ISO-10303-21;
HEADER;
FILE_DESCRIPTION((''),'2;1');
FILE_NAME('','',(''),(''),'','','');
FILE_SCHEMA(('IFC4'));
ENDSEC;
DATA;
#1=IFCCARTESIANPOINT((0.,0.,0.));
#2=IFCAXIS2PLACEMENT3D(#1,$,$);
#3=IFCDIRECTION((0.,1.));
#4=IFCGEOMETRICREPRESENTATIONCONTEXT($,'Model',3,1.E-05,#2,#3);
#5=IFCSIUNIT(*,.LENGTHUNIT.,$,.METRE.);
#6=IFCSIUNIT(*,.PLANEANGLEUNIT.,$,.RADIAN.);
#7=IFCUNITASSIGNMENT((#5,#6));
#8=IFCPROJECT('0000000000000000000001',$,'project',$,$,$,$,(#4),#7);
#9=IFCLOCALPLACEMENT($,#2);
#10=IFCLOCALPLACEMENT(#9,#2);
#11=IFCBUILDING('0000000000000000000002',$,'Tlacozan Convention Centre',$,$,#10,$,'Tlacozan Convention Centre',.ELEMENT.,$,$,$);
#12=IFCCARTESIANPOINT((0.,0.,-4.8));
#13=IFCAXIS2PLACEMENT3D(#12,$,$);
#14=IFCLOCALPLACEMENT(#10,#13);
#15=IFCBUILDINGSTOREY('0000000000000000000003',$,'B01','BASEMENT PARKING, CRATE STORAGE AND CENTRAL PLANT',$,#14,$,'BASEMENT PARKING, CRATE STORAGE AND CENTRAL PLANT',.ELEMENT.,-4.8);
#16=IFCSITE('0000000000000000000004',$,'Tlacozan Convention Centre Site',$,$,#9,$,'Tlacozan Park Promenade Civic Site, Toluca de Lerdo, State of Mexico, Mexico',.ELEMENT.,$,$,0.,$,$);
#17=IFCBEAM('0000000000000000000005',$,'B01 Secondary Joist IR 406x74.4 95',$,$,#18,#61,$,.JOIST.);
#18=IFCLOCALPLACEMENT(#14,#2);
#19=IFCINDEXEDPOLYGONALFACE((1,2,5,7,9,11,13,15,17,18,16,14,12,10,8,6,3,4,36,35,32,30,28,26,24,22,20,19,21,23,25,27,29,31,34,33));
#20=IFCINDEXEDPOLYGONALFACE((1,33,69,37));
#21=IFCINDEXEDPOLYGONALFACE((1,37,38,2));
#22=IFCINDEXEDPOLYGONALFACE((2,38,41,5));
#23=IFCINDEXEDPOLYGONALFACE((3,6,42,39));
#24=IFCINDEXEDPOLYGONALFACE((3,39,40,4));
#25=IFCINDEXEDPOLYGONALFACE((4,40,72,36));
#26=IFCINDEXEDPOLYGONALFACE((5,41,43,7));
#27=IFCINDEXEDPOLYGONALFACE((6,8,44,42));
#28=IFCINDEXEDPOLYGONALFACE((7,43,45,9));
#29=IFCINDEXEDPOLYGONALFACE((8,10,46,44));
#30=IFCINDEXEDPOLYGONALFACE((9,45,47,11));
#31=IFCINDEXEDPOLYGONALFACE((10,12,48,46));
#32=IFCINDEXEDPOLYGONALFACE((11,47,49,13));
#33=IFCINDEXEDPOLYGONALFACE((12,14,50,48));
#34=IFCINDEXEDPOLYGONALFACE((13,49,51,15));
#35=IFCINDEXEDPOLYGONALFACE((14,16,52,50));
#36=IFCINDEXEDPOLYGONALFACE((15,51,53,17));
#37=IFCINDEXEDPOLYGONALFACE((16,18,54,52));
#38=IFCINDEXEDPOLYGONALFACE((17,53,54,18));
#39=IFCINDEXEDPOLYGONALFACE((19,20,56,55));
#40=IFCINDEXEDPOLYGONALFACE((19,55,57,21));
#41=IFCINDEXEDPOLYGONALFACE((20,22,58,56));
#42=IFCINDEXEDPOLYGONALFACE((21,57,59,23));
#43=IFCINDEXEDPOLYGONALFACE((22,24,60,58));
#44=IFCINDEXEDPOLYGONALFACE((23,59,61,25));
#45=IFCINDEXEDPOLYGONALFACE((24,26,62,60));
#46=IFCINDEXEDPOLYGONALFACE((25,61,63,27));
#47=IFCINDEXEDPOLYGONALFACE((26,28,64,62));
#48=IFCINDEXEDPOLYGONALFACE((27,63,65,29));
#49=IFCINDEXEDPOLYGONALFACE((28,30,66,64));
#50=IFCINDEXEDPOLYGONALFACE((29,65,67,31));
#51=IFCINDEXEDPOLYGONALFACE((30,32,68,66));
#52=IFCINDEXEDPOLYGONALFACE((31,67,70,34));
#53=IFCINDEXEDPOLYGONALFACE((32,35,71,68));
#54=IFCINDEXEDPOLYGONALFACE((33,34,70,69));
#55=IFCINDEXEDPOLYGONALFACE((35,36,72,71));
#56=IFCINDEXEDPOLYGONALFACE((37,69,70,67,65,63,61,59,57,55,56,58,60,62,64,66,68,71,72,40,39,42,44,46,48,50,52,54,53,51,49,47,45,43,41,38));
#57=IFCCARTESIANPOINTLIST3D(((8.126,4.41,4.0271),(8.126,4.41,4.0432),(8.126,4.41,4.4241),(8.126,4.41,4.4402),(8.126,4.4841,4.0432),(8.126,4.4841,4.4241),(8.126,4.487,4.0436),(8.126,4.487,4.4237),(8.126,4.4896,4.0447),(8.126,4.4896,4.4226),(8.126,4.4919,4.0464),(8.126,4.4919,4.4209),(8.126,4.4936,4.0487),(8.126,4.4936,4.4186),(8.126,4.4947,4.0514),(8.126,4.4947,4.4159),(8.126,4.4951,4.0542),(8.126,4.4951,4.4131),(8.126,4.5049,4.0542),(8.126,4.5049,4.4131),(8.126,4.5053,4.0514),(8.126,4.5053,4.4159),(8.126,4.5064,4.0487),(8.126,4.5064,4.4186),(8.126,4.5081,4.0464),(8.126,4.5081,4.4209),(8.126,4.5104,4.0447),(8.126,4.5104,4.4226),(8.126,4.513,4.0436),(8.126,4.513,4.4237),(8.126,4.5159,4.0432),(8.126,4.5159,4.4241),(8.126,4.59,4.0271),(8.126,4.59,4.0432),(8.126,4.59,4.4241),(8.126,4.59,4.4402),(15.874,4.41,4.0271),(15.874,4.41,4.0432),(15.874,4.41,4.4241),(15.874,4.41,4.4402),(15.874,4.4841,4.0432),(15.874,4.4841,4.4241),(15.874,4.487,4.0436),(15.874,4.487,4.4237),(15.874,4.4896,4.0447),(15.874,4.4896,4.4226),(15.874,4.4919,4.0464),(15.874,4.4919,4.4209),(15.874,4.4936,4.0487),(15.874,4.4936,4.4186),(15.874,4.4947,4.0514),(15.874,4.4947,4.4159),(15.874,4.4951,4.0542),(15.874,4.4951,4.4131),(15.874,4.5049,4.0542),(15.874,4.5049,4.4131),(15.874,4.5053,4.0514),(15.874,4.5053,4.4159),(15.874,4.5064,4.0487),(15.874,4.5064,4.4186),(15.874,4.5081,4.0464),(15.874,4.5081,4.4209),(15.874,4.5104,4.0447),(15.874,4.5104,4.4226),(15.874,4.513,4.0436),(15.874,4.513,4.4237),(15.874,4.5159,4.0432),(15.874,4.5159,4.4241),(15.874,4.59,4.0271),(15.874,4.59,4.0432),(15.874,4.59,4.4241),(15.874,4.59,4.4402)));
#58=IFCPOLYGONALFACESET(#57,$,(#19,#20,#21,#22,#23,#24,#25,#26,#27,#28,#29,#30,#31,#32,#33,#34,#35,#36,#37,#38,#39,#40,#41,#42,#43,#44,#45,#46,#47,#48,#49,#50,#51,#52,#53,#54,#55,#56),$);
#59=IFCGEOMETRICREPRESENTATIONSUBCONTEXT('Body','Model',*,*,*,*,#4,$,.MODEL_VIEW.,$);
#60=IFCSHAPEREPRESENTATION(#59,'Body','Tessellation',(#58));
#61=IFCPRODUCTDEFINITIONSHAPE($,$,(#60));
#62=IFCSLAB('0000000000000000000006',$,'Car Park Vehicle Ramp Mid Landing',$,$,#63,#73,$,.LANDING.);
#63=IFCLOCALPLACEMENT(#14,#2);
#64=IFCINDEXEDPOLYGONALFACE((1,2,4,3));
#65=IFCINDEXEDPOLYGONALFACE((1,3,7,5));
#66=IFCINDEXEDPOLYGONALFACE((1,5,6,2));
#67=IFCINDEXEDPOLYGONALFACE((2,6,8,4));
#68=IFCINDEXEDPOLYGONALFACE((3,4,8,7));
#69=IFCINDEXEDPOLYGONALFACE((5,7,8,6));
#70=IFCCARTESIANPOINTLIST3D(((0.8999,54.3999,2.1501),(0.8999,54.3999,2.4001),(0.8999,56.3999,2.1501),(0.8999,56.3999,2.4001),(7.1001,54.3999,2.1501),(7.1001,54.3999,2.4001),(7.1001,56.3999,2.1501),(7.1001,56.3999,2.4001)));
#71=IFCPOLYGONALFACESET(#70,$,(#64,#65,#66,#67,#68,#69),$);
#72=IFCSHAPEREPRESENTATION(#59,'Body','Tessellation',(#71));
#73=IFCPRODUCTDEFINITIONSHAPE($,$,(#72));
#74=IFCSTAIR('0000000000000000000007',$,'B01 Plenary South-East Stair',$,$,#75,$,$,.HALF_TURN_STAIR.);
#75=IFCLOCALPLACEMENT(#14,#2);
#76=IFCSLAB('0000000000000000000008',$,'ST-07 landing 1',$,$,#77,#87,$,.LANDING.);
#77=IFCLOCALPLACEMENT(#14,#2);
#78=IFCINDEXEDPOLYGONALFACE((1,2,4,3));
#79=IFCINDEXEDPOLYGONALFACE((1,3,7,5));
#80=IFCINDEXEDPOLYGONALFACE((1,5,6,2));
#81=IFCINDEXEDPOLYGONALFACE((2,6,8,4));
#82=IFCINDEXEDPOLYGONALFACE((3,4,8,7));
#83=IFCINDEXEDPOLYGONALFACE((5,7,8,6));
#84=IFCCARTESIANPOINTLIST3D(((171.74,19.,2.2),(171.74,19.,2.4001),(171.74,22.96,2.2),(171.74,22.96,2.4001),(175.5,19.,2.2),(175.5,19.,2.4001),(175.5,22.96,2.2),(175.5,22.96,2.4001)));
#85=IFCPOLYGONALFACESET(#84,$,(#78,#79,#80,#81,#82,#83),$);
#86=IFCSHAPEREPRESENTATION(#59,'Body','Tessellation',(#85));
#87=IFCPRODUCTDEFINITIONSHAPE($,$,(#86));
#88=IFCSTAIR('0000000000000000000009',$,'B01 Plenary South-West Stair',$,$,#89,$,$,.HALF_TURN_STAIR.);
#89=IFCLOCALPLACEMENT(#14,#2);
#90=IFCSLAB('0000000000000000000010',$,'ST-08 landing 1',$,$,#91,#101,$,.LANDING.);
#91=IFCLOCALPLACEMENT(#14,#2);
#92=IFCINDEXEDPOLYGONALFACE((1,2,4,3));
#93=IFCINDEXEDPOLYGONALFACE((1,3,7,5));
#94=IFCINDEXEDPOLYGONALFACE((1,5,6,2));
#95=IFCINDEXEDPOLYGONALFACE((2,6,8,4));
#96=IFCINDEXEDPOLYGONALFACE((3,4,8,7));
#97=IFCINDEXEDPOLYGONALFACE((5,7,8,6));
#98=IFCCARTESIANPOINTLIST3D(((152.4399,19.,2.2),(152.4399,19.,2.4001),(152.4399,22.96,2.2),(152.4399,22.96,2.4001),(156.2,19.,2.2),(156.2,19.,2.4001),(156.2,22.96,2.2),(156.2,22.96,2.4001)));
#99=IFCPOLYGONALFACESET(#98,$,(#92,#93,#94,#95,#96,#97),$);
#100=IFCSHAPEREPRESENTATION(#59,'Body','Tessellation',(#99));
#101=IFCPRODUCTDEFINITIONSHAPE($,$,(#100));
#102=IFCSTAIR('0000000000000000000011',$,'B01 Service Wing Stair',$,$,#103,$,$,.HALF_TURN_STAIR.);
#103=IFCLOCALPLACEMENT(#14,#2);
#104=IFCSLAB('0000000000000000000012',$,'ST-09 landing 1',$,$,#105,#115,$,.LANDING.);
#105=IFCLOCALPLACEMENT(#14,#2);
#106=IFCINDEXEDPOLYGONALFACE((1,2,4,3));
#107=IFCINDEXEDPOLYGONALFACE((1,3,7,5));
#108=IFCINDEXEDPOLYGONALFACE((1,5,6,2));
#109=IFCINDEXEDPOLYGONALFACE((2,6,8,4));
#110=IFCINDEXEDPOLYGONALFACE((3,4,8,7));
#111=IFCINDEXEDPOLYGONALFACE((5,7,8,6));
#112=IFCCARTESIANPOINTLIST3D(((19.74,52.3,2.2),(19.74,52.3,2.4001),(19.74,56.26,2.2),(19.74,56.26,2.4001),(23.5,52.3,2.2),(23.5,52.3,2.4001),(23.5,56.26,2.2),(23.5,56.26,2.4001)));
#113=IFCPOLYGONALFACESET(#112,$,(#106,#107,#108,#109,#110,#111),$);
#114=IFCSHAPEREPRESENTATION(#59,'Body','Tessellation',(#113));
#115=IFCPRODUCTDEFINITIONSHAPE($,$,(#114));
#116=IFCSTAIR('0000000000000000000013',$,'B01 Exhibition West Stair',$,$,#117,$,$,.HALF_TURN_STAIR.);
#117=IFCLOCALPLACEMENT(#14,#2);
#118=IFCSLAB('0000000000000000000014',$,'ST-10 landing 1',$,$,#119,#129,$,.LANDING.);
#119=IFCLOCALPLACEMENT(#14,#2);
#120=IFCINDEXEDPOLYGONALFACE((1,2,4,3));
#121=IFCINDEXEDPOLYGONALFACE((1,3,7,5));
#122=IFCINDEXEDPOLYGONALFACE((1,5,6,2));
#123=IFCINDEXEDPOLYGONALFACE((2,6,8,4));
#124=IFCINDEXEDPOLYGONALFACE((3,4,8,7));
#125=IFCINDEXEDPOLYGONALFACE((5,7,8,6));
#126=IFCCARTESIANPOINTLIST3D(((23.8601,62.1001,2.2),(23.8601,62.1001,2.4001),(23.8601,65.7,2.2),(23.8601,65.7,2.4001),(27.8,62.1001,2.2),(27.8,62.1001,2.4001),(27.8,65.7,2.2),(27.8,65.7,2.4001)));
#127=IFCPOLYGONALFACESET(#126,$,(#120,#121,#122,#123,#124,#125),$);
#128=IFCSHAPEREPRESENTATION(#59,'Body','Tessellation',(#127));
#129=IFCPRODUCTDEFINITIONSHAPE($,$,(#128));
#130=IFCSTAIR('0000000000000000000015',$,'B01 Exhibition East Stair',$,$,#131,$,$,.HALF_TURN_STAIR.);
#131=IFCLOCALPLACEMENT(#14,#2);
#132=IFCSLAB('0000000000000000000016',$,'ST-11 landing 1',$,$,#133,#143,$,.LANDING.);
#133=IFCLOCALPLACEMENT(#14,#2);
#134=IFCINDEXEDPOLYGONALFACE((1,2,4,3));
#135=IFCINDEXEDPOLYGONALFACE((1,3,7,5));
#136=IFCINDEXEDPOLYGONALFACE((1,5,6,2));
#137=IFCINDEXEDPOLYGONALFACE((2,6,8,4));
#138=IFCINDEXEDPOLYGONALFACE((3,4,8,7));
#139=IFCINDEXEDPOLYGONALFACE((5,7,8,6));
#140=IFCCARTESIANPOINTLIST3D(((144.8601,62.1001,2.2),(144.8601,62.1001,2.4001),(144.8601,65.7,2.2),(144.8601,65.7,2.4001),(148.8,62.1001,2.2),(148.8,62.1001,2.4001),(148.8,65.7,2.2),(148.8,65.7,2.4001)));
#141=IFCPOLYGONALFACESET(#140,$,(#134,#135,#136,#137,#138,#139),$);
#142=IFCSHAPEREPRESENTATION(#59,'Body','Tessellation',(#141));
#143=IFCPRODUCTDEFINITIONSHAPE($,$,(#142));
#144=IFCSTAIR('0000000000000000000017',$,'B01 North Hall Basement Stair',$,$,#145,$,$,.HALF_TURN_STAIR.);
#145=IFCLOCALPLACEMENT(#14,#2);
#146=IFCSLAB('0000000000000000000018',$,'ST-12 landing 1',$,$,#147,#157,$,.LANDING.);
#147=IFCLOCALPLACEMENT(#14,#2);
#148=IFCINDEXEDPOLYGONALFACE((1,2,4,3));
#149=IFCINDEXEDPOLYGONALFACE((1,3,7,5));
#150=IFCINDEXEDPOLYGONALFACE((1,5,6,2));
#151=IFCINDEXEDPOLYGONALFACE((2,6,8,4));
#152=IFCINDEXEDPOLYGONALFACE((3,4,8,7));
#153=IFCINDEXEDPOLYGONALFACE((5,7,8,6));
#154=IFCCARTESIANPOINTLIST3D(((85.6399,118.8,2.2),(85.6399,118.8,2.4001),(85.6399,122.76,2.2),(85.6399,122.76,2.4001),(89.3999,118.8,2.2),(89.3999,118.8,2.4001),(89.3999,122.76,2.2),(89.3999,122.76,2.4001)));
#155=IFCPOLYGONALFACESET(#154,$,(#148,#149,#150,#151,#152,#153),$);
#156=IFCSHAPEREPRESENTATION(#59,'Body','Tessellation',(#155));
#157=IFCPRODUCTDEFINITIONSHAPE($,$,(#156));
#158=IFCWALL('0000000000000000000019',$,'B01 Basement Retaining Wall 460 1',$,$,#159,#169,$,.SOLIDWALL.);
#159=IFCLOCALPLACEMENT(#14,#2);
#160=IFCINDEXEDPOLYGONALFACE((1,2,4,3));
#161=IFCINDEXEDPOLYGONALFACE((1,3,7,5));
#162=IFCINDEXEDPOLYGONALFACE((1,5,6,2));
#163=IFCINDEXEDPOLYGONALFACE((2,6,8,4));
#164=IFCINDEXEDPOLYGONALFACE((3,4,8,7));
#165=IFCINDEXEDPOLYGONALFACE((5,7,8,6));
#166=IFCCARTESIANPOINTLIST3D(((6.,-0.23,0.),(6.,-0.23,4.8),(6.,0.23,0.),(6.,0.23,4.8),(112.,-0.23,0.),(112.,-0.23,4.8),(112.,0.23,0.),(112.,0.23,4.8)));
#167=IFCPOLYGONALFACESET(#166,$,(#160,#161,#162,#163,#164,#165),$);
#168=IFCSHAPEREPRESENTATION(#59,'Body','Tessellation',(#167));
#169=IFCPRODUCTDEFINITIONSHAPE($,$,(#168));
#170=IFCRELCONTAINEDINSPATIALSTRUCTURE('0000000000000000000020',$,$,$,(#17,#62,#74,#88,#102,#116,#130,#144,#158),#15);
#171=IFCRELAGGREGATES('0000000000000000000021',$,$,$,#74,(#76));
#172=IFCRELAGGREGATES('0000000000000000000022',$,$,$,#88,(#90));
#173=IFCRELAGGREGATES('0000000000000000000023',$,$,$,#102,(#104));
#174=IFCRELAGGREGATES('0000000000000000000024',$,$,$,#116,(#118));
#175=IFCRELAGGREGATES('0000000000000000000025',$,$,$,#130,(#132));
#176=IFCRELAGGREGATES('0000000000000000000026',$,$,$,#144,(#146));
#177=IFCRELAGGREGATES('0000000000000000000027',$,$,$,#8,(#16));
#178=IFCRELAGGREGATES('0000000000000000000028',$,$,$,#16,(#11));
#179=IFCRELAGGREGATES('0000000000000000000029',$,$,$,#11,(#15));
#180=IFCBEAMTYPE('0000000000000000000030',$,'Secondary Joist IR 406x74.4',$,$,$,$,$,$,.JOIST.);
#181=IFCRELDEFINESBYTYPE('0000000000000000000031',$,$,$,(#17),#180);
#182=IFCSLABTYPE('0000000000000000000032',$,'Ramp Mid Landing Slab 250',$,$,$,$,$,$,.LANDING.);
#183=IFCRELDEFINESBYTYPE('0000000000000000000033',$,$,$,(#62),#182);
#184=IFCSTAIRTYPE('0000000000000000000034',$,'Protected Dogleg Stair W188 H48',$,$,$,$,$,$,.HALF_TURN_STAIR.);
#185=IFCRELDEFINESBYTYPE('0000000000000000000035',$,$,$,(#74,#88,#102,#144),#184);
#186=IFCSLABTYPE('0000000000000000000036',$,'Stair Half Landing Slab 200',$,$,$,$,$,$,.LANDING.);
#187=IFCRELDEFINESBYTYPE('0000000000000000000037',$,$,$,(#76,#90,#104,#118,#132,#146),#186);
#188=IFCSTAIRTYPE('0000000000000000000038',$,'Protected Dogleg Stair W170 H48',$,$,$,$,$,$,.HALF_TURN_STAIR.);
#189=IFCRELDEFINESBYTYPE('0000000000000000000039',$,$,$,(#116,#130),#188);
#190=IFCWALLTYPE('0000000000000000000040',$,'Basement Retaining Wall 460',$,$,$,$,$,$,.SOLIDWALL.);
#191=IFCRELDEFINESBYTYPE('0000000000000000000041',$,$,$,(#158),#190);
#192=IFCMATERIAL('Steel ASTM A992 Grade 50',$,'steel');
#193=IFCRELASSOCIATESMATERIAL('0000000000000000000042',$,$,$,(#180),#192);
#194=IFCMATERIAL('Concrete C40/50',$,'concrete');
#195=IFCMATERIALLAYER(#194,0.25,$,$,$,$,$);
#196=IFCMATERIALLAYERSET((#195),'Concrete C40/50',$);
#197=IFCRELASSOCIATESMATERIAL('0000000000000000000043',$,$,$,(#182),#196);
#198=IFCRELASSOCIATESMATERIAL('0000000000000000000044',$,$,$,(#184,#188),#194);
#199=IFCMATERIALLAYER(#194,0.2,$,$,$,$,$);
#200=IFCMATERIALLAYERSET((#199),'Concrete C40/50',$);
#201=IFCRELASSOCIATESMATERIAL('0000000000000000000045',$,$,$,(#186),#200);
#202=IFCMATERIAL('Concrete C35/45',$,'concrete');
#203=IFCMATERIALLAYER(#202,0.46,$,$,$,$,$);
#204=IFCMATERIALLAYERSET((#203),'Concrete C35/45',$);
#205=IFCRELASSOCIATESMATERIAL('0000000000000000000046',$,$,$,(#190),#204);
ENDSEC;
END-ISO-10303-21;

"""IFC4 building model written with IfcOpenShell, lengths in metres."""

from ifc_helpers import new_model, si_unit, direction, frame, frame_2d, origin, origin_2d, place, context, subcontext, project, spatial, polyline, rectangle, i_section, outline, extrude, material, layer, layer_set, material_profile, profile_set, type_object, element, aggregate, save


model = new_model("IFC4")

# Units and contexts
model_context = context("Model", 3, precision=1e-05, world=origin(), true_north=direction((0.0, 1.0)))
body_context = subcontext(model_context, "Body", "Model", "MODEL_VIEW")
ifc_project = project(units=[si_unit("LENGTHUNIT", "METRE"), si_unit("PLANEANGLEUNIT", "RADIAN")], contexts=[model_context])

# Site, building, storey
site_placement = place(None, origin())
site = spatial("IfcSite", under=ifc_project, at=site_placement, Name="Tlacozan Convention Centre Site", LongName="Tlacozan Park Promenade Civic Site, Toluca de Lerdo, State of Mexico, Mexico", CompositionType="ELEMENT", RefElevation=0.0)
building_placement = place(site_placement, origin())
building = spatial("IfcBuilding", under=site, at=building_placement, Name="Tlacozan Convention Centre", LongName="Tlacozan Convention Centre", CompositionType="ELEMENT")
storey_placement = place(building_placement, frame((0.0, 0.0, -4.8)))
storey = spatial("IfcBuildingStorey", under=building, at=storey_placement, Name="B01", Description="BASEMENT PARKING, CRATE STORAGE AND CENTRAL PLANT", LongName="BASEMENT PARKING, CRATE STORAGE AND CENTRAL PLANT", CompositionType="ELEMENT", Elevation=-4.8)

# Shared definitions
ifc_material_1 = material(Name="Concrete C35/45", Category="concrete")

# Shared definitions
ifc_material_2 = material(Name="Concrete C40/50", Category="concrete")

# Beam
ifc_material_3 = material(Name="Steel ASTM A992 Grade 50", Category="steel")
ifc_material_profile_1 = material_profile(ifc_material_3, i_section(OverallWidth=0.1799, OverallDepth=0.4131, WebThickness=0.0098, FlangeThickness=0.0161, FilletRadius=0.011, at=origin_2d()), Name="IR 406x74.4")
ifc_profile_set_1 = profile_set([ifc_material_profile_1], Name="Steel ASTM A992 Grade 50")
beam_type_1 = type_object("IfcBeamType", Name="Secondary Joist IR 406x74.4", PredefinedType="JOIST", material=ifc_profile_set_1)
beam_placement = place(storey_placement, frame((8.126, 4.5, 4.2336), z_axis=(1.0, 0.0, 0.0), x_axis=(0.0, 1.0, 0.0)))
element("IfcBeam", 1, at=beam_placement, inside=storey, type_object=beam_type_1, Name="B01 Secondary Joist IR 406x74.4 95", PredefinedType="JOIST", context=body_context, shape_type="SweptSolid", body=[
    extrude(i_section(OverallWidth=0.1799, OverallDepth=0.4131, WebThickness=0.0098, FlangeThickness=0.0161, FilletRadius=0.011, at=origin_2d()), origin(), (0.0, 0.0, 1.0), 7.748),
])

# Slab
ifc_layer_1 = layer(ifc_material_2, 0.25)
ifc_layer_set_1 = layer_set([ifc_layer_1], Name="Concrete C40/50")
slab_type_1 = type_object("IfcSlabType", Name="Ramp Mid Landing Slab 250", PredefinedType="LANDING", material=ifc_layer_set_1)
slab_1_placement = place(storey_placement, frame((0.0, 0.0, 2.1501)))
element("IfcSlab", 2, at=slab_1_placement, inside=storey, type_object=slab_type_1, Name="Car Park Vehicle Ramp Mid Landing", PredefinedType="LANDING", context=body_context, shape_type="SweptSolid", body=[
    extrude(outline(polyline([(0.8999, 54.3999), (7.1001, 54.3999), (7.1001, 56.3999), (0.8999, 56.3999), (0.8999, 54.3999)])), origin(), (0.0, 0.0, 1.0), 0.25),
])

# Stairs, slabs
stair_type_1 = type_object("IfcStairType", Name="Protected Dogleg Stair W188 H48", PredefinedType="HALF_TURN_STAIR", material=ifc_material_2)
stair_1_placement = place(storey_placement, origin())
stair_1 = element("IfcStair", 3, at=stair_1_placement, inside=storey, type_object=stair_type_1, Name="B01 Plenary South-East Stair", PredefinedType="HALF_TURN_STAIR")
ifc_layer_2 = layer(ifc_material_2, 0.2)
ifc_layer_set_2 = layer_set([ifc_layer_2], Name="Concrete C40/50")
slab_type_2 = type_object("IfcSlabType", Name="Stair Half Landing Slab 200", PredefinedType="LANDING", material=ifc_layer_set_2)
slab_2_placement = place(storey_placement, frame((0.0, 0.0, 2.2)))
slab_2 = element("IfcSlab", 4, at=slab_2_placement, type_object=slab_type_2, Name="ST-07 landing 1", PredefinedType="LANDING", context=body_context, shape_type="SweptSolid", body=[
    extrude(outline(polyline([(171.74, 19.0), (175.5, 19.0), (175.5, 22.96), (171.74, 22.96), (171.74, 19.0)])), origin(), (0.0, 0.0, 1.0), 0.2002),
])
aggregate(stair_1, [slab_2])
stair_2_placement = place(storey_placement, origin())
stair_2 = element("IfcStair", 5, at=stair_2_placement, inside=storey, type_object=stair_type_1, Name="B01 Plenary South-West Stair", PredefinedType="HALF_TURN_STAIR")
slab_3_placement = place(storey_placement, frame((0.0, 0.0, 2.2)))
slab_3 = element("IfcSlab", 6, at=slab_3_placement, type_object=slab_type_2, Name="ST-08 landing 1", PredefinedType="LANDING", context=body_context, shape_type="SweptSolid", body=[
    extrude(outline(polyline([(152.4399, 19.0), (156.2, 19.0), (156.2, 22.96), (152.4399, 22.96), (152.4399, 19.0)])), origin(), (0.0, 0.0, 1.0), 0.2002),
])
aggregate(stair_2, [slab_3])
stair_3_placement = place(storey_placement, origin())
stair_3 = element("IfcStair", 7, at=stair_3_placement, inside=storey, type_object=stair_type_1, Name="B01 Service Wing Stair", PredefinedType="HALF_TURN_STAIR")
slab_4_placement = place(storey_placement, frame((0.0, 0.0, 2.2)))
slab_4 = element("IfcSlab", 8, at=slab_4_placement, type_object=slab_type_2, Name="ST-09 landing 1", PredefinedType="LANDING", context=body_context, shape_type="SweptSolid", body=[
    extrude(outline(polyline([(19.74, 52.3), (23.5, 52.3), (23.5, 56.26), (19.74, 56.26), (19.74, 52.3)])), origin(), (0.0, 0.0, 1.0), 0.2002),
])
aggregate(stair_3, [slab_4])
stair_type_2 = type_object("IfcStairType", Name="Protected Dogleg Stair W170 H48", PredefinedType="HALF_TURN_STAIR", material=ifc_material_2)
stair_4_placement = place(storey_placement, origin())
stair_4 = element("IfcStair", 9, at=stair_4_placement, inside=storey, type_object=stair_type_2, Name="B01 Exhibition West Stair", PredefinedType="HALF_TURN_STAIR")
slab_5_placement = place(storey_placement, frame((0.0, 0.0, 2.2)))
slab_5 = element("IfcSlab", 10, at=slab_5_placement, type_object=slab_type_2, Name="ST-10 landing 1", PredefinedType="LANDING", context=body_context, shape_type="SweptSolid", body=[
    extrude(outline(polyline([(23.8601, 62.1001), (27.8, 62.1001), (27.8, 65.7), (23.8601, 65.7), (23.8601, 62.1001)])), origin(), (0.0, 0.0, 1.0), 0.2002),
])
aggregate(stair_4, [slab_5])
stair_5_placement = place(storey_placement, origin())
stair_5 = element("IfcStair", 11, at=stair_5_placement, inside=storey, type_object=stair_type_2, Name="B01 Exhibition East Stair", PredefinedType="HALF_TURN_STAIR")
slab_6_placement = place(storey_placement, frame((0.0, 0.0, 2.2)))
slab_6 = element("IfcSlab", 12, at=slab_6_placement, type_object=slab_type_2, Name="ST-11 landing 1", PredefinedType="LANDING", context=body_context, shape_type="SweptSolid", body=[
    extrude(outline(polyline([(144.8601, 62.1001), (148.8, 62.1001), (148.8, 65.7), (144.8601, 65.7), (144.8601, 62.1001)])), origin(), (0.0, 0.0, 1.0), 0.2002),
])
aggregate(stair_5, [slab_6])
stair_6_placement = place(storey_placement, origin())
stair_6 = element("IfcStair", 13, at=stair_6_placement, inside=storey, type_object=stair_type_1, Name="B01 North Hall Basement Stair", PredefinedType="HALF_TURN_STAIR")
slab_7_placement = place(storey_placement, frame((0.0, 0.0, 2.2)))
slab_7 = element("IfcSlab", 14, at=slab_7_placement, type_object=slab_type_2, Name="ST-12 landing 1", PredefinedType="LANDING", context=body_context, shape_type="SweptSolid", body=[
    extrude(outline(polyline([(85.6399, 118.8), (89.3999, 118.8), (89.3999, 122.76), (85.6399, 122.76), (85.6399, 118.8)])), origin(), (0.0, 0.0, 1.0), 0.2002),
])
aggregate(stair_6, [slab_7])

# Wall
ifc_layer_3 = layer(ifc_material_1, 0.46)
ifc_layer_set_3 = layer_set([ifc_layer_3], Name="Concrete C35/45")
wall_type = type_object("IfcWallType", Name="Basement Retaining Wall 460", PredefinedType="SOLIDWALL", material=ifc_layer_set_3)
wall_placement = place(storey_placement, frame((6.0, 0.0, 0.0), z_axis=(0.0, 0.0, 1.0), x_axis=(1.0, 0.0, 0.0)))
element("IfcWall", 15, at=wall_placement, inside=storey, type_object=wall_type, Name="B01 Basement Retaining Wall 460 1", PredefinedType="SOLIDWALL", context=body_context, shape_type="SweptSolid", body=[
    extrude(rectangle(XDim=106.0, YDim=0.46, at=frame_2d((53.0, 0.0))), origin(), (0.0, 0.0, 1.0), 4.8),
])

save(model, "model.ifc")
